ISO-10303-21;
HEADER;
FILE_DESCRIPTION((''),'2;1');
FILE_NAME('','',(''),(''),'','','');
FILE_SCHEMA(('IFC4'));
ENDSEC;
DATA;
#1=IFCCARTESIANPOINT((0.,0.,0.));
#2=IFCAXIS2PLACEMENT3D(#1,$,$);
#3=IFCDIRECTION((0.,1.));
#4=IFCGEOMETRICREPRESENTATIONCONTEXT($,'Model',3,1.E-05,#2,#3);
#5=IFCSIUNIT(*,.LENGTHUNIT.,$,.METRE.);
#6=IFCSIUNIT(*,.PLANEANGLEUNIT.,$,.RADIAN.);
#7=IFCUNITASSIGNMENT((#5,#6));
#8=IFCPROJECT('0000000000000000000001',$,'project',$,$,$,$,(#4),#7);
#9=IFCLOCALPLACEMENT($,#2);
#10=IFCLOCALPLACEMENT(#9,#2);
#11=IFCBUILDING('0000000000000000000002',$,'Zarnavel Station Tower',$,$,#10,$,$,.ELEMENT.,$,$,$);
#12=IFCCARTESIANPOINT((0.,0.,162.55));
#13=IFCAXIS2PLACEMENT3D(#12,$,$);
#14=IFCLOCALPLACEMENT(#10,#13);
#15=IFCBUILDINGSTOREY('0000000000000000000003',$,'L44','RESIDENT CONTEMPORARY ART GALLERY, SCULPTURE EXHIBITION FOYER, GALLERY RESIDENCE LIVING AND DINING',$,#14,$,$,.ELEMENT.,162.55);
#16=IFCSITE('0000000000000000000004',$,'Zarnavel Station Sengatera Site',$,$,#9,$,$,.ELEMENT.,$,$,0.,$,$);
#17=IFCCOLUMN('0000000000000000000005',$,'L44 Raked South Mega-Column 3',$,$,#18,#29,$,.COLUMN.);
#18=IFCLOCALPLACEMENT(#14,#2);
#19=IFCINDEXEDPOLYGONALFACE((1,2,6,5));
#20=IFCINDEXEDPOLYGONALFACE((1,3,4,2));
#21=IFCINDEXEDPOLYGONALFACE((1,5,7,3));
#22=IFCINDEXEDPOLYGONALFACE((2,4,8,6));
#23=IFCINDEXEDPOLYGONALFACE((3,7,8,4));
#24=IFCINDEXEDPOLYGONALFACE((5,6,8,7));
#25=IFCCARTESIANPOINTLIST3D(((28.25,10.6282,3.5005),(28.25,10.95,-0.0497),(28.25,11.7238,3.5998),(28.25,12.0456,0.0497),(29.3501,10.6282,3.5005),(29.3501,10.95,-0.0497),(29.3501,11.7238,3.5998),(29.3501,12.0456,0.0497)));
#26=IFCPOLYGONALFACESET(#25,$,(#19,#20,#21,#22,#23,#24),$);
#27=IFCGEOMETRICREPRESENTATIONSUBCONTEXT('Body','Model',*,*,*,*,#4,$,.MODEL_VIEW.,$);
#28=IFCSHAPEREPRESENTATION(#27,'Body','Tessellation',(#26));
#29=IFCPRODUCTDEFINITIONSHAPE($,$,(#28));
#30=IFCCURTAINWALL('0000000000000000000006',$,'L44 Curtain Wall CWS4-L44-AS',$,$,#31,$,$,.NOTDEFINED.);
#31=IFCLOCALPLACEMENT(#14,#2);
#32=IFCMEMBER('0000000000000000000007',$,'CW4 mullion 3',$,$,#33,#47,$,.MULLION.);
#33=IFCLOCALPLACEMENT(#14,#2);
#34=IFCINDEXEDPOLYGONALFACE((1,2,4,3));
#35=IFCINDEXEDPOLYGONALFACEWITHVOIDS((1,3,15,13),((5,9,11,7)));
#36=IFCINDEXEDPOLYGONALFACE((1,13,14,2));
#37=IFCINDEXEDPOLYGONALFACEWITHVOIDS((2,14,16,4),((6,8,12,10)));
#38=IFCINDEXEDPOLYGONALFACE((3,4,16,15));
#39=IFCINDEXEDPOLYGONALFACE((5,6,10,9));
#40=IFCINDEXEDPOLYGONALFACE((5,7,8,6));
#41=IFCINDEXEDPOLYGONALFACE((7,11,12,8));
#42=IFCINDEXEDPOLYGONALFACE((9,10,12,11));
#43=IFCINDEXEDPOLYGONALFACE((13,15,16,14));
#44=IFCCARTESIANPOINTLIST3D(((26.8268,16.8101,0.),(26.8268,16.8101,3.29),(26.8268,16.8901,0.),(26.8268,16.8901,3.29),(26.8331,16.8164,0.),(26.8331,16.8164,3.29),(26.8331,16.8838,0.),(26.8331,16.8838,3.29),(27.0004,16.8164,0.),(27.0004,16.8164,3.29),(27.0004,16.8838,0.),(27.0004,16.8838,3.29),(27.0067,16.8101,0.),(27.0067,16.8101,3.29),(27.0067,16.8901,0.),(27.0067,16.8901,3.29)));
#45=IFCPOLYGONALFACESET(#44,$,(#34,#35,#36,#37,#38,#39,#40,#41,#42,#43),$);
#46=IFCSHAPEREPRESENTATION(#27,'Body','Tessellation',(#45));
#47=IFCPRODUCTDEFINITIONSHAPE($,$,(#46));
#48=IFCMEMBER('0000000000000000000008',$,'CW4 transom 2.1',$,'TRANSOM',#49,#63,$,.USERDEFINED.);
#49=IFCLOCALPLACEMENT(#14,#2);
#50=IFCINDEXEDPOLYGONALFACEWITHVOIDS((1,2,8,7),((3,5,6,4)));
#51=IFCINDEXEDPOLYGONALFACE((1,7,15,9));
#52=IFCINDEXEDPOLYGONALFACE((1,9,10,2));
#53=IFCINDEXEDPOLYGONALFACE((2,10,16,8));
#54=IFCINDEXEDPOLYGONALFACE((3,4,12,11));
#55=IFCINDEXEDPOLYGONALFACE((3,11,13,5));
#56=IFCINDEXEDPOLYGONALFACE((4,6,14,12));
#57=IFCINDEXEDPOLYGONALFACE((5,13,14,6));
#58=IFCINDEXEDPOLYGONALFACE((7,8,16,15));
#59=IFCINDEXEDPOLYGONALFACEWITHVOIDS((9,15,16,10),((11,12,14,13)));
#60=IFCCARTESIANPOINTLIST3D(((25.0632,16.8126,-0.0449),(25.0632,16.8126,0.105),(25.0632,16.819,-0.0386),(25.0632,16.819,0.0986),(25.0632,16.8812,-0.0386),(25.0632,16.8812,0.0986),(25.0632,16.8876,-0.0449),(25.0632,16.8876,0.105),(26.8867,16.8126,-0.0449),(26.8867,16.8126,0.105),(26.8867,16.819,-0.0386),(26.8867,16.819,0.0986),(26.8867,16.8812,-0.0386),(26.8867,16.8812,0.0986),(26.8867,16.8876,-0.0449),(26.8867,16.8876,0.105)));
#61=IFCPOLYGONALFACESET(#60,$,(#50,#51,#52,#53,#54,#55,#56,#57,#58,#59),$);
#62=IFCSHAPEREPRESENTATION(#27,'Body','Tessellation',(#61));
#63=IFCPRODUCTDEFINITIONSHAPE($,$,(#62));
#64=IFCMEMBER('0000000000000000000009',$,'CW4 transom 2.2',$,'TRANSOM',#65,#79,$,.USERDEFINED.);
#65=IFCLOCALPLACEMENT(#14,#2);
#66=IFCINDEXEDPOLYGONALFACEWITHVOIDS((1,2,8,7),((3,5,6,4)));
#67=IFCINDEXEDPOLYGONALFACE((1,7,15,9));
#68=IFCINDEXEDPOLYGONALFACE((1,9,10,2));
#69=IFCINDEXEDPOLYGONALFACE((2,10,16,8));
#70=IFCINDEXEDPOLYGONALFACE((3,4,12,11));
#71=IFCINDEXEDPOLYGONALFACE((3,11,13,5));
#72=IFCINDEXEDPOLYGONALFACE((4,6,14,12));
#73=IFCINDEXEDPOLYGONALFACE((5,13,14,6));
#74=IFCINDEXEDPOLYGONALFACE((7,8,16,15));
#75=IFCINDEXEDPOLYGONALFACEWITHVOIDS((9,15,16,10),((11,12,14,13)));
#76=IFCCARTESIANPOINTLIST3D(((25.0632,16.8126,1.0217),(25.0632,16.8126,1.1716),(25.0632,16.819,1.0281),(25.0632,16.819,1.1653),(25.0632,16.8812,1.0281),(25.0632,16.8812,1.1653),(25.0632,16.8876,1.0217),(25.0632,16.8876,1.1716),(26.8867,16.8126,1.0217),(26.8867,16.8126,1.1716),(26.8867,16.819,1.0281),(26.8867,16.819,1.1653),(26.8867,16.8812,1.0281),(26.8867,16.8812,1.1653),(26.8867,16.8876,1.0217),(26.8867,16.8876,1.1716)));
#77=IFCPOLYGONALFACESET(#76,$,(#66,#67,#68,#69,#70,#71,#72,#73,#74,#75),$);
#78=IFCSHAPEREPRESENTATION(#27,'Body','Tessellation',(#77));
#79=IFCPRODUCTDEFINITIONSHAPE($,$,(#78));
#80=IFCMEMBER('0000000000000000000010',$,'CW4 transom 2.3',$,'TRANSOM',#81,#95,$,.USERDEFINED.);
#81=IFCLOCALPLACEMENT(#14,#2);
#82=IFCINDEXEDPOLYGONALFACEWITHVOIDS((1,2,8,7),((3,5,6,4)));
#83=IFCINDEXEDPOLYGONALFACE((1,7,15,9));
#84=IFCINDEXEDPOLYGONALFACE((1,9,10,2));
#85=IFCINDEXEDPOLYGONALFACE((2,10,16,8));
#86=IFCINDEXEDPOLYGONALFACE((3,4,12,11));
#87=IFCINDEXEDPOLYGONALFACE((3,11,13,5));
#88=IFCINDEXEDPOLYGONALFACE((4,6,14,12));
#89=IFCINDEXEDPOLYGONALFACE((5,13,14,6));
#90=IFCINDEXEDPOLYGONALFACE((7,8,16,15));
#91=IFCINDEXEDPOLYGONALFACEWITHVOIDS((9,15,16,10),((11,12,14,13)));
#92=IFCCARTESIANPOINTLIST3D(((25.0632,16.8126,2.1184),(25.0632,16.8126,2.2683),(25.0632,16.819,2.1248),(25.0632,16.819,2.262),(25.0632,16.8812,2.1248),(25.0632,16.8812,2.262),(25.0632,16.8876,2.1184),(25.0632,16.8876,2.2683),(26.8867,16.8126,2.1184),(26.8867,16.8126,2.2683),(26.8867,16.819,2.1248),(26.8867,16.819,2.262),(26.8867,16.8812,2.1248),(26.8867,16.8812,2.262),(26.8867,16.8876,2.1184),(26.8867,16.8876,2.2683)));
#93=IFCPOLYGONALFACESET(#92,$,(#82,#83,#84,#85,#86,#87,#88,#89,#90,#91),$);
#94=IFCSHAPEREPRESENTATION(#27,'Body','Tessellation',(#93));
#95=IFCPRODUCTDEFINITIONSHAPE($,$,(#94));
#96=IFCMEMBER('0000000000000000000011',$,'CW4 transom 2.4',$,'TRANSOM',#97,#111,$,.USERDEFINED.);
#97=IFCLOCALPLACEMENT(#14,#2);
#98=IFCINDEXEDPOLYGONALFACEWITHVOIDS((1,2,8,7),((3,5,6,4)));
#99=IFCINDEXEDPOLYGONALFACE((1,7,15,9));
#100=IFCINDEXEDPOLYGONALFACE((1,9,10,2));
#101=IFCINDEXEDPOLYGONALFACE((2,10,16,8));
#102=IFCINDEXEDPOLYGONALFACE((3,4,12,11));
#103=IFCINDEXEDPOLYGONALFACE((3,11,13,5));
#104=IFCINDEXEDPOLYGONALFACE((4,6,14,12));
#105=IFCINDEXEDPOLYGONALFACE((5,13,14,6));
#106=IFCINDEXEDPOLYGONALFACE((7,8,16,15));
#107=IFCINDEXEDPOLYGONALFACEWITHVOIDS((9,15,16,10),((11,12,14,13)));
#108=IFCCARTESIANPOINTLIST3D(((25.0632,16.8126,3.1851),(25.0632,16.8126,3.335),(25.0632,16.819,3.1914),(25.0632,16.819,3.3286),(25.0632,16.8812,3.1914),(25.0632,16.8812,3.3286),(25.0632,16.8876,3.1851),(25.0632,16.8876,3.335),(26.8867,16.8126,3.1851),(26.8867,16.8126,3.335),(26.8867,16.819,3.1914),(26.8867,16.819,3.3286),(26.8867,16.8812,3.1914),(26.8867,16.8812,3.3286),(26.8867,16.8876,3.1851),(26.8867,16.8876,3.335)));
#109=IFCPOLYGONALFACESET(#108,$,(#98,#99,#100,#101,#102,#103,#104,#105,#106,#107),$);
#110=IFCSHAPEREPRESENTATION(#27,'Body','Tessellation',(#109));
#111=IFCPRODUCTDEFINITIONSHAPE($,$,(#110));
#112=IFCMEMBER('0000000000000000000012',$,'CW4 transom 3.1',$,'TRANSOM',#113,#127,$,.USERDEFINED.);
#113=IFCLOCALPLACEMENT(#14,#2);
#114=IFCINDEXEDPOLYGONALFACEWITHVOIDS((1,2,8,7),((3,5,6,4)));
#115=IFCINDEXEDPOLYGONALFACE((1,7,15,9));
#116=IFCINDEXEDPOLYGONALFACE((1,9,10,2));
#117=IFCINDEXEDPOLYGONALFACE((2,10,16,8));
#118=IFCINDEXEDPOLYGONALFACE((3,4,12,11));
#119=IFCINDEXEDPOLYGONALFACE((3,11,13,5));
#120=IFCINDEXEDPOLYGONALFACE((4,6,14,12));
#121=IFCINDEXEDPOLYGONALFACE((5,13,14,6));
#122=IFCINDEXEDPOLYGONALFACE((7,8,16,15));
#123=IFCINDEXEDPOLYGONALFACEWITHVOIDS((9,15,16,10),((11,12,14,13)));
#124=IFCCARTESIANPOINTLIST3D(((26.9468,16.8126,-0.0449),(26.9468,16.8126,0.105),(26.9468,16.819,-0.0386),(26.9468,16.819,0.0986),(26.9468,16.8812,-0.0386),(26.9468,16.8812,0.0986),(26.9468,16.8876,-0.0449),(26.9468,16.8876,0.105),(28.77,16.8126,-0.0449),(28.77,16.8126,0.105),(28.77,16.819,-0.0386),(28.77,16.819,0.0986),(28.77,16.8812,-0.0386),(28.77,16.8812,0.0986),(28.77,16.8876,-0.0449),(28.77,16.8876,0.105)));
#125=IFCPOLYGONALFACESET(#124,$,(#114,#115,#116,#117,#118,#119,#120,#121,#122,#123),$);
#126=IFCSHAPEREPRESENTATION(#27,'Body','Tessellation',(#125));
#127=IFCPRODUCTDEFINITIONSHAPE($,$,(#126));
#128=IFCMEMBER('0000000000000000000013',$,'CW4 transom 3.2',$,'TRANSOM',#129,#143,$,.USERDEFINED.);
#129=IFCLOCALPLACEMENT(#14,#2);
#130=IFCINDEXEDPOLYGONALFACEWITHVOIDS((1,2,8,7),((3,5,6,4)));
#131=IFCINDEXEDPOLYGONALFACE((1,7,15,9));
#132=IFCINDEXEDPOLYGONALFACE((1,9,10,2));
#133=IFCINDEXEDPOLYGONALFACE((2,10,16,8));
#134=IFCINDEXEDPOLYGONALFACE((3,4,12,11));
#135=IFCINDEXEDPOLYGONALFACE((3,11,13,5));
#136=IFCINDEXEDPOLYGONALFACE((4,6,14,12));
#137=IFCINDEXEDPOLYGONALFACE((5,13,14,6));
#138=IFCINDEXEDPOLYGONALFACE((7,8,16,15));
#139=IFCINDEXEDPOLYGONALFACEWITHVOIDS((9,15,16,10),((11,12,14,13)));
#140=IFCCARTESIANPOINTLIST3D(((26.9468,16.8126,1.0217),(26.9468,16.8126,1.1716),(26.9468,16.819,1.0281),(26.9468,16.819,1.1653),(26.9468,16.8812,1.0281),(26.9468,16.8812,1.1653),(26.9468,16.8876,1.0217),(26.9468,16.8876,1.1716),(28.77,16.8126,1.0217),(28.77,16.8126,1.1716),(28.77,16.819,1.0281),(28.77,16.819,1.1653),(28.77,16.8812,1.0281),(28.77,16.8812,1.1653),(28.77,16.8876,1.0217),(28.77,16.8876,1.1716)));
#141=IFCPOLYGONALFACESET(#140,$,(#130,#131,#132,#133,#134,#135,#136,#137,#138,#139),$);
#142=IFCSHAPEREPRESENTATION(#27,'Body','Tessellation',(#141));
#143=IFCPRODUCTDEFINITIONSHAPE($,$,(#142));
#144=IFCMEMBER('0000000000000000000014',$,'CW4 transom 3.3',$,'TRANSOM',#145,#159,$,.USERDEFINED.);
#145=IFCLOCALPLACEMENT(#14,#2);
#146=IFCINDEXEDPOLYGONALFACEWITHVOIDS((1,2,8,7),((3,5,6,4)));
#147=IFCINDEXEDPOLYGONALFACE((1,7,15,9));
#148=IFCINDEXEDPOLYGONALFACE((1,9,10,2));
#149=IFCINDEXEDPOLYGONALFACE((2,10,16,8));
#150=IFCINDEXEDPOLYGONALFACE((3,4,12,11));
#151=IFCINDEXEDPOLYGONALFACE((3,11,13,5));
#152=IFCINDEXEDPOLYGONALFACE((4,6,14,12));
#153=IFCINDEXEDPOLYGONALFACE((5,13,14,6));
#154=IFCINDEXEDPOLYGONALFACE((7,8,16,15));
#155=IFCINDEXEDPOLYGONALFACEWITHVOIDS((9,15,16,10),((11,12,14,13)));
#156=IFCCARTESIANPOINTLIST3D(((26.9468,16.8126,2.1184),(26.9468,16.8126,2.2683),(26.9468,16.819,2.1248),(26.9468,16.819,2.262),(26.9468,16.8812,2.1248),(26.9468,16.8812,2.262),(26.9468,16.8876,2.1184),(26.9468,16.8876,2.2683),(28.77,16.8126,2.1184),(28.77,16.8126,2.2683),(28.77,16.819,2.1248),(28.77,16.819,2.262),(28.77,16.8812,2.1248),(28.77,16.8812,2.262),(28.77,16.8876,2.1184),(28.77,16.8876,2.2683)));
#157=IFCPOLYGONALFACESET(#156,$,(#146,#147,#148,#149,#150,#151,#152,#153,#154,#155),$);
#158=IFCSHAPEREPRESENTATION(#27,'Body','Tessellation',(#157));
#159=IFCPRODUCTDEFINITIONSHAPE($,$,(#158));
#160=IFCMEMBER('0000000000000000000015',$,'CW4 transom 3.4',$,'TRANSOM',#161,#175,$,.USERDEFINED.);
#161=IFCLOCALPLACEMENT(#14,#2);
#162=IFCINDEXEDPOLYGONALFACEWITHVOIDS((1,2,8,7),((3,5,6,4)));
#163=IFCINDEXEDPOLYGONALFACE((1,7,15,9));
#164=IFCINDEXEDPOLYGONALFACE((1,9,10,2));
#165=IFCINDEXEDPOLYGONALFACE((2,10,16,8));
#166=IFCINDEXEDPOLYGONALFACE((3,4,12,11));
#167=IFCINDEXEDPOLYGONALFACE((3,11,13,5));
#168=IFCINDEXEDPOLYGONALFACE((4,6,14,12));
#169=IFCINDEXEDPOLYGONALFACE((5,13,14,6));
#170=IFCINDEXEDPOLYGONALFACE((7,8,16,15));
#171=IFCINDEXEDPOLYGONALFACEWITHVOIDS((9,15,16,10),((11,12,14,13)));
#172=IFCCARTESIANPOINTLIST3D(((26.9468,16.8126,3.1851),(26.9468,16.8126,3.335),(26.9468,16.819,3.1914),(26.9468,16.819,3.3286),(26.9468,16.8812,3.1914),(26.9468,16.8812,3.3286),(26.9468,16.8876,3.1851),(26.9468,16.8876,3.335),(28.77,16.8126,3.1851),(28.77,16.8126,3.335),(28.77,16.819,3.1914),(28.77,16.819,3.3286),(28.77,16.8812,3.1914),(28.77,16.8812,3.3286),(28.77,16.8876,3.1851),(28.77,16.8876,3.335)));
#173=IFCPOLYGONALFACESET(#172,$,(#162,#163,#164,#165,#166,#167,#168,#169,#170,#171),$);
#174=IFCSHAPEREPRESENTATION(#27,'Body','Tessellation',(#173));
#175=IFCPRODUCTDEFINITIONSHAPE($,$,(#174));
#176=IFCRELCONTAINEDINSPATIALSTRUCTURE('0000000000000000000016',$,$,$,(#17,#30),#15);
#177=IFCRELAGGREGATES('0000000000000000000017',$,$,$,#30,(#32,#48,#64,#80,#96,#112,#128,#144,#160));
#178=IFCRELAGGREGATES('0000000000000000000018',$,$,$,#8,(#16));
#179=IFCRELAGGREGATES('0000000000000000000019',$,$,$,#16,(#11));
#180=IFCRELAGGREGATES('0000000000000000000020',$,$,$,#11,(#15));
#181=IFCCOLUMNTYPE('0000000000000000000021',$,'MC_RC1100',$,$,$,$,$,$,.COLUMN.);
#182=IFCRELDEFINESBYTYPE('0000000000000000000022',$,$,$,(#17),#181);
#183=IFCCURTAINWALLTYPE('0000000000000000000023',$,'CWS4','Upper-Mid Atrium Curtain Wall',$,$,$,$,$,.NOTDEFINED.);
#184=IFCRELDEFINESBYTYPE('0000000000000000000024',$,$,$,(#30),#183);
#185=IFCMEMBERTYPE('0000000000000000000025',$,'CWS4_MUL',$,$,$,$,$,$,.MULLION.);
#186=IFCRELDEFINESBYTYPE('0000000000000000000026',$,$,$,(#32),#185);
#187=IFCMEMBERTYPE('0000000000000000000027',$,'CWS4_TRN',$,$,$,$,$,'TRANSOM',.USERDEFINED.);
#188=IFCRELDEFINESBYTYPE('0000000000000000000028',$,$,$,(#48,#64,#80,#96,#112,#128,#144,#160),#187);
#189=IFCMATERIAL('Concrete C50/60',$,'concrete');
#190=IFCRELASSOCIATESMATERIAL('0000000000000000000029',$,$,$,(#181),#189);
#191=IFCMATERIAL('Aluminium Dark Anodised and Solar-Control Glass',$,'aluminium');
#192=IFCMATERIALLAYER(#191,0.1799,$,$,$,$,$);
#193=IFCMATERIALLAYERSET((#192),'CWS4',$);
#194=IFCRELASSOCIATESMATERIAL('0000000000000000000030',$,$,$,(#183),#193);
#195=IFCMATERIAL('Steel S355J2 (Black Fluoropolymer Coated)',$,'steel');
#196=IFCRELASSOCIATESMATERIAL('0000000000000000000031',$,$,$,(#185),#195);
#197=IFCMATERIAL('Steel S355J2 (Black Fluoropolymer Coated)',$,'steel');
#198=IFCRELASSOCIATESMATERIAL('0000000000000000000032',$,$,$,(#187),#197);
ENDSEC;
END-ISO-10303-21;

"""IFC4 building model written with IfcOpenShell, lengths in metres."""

from ifc_helpers import new_model, si_unit, direction, frame, origin, origin_2d, place, context, subcontext, project, spatial, rectangle, hollow_rectangle, extrude, material, layer, layer_set, material_profile, profile_set, type_object, element, aggregate, save


model = new_model("IFC4")

# Units and contexts
model_context = context("Model", 3, precision=1e-05, world=origin(), true_north=direction((0.0, 1.0)))
body_context = subcontext(model_context, "Body", "Model", "MODEL_VIEW")
ifc_project = project(units=[si_unit("LENGTHUNIT", "METRE"), si_unit("PLANEANGLEUNIT", "RADIAN")], contexts=[model_context])

# Site, building, storey
site_placement = place(None, origin())
site = spatial("IfcSite", under=ifc_project, at=site_placement, Name="Zarnavel Station Sengatera Site", CompositionType="ELEMENT", RefElevation=0.0)
building_placement = place(site_placement, origin())
building = spatial("IfcBuilding", under=site, at=building_placement, Name="Zarnavel Station Tower", CompositionType="ELEMENT")
storey_placement = place(building_placement, frame((0.0, 0.0, 162.55)))
storey = spatial("IfcBuildingStorey", under=building, at=storey_placement, Name="L44", Description="RESIDENT CONTEMPORARY ART GALLERY, SCULPTURE EXHIBITION FOYER, GALLERY RESIDENCE LIVING AND DINING", CompositionType="ELEMENT", Elevation=162.55)

# Column
ifc_material_1 = material(Name="Concrete C50/60", Category="concrete")
ifc_material_profile_1 = material_profile(ifc_material_1, rectangle(XDim=1.1001, YDim=1.1001, at=origin_2d()), Name="RC1100x1100")
ifc_profile_set_1 = profile_set([ifc_material_profile_1], Name="Concrete C50/60")
column_type = type_object("IfcColumnType", Name="MC_RC1100", PredefinedType="COLUMN", material=ifc_profile_set_1)
column_placement = place(storey_placement, frame((28.8, 11.4978, 0.0), z_axis=(0.0, -0.09027, 0.995917), x_axis=(1.0, 0.0, 0.0)))
element("IfcColumn", 1, at=column_placement, inside=storey, type_object=column_type, Name="L44 Raked South Mega-Column 3", PredefinedType="COLUMN", context=body_context, shape_type="SweptSolid", body=[
    extrude(rectangle(XDim=1.1001, YDim=1.1001, at=origin_2d()), origin(), (0.0, 0.0, 1.0), 3.5647),
])

# Curtain wall, members
ifc_material_2 = material(Name="Aluminium Dark Anodised and Solar-Control Glass", Category="aluminium")
ifc_layer_1 = layer(ifc_material_2, 0.1799)
ifc_layer_set_1 = layer_set([ifc_layer_1], Name="CWS4")
curtain_wall_type = type_object("IfcCurtainWallType", Name="CWS4", Description="Upper-Mid Atrium Curtain Wall", PredefinedType="NOTDEFINED", material=ifc_layer_set_1)
curtain_wall_placement = place(storey_placement, origin())
curtain_wall = element("IfcCurtainWall", 2, at=curtain_wall_placement, inside=storey, type_object=curtain_wall_type, Name="L44 Curtain Wall CWS4-L44-AS", PredefinedType="NOTDEFINED")
ifc_material_3 = material(Name="Steel S355J2 (Black Fluoropolymer Coated)", Category="steel")
ifc_material_profile_2 = material_profile(ifc_material_3, hollow_rectangle(XDim=0.0801, YDim=0.1799, WallThickness=0.0063, at=origin_2d()), Name="RHS180x80x6.3")
ifc_profile_set_2 = profile_set([ifc_material_profile_2], Name="Steel S355J2 (Black Fluoropolymer Coated)")
member_type_1 = type_object("IfcMemberType", Name="CWS4_MUL", PredefinedType="MULLION", material=ifc_profile_set_2)
member_1_placement = place(storey_placement, frame((26.9167, 16.8501, 0.0), z_axis=(0.0, 0.0, 1.0), x_axis=(0.0, 1.0, 0.0)))
member_1 = element("IfcMember", 3, at=member_1_placement, type_object=member_type_1, Name="CW4 mullion 3", PredefinedType="MULLION", context=body_context, shape_type="SweptSolid", body=[
    extrude(hollow_rectangle(XDim=0.0801, YDim=0.1799, WallThickness=0.0063, at=origin_2d()), origin(), (0.0, 0.0, 1.0), 3.29),
])
ifc_material_4 = material(Name="Steel S355J2 (Black Fluoropolymer Coated)", Category="steel")
ifc_material_profile_3 = material_profile(ifc_material_4, hollow_rectangle(XDim=0.075, YDim=0.1499, WallThickness=0.0063, at=origin_2d()), Name="RHS150x75x6.3")
ifc_profile_set_3 = profile_set([ifc_material_profile_3], Name="Steel S355J2 (Black Fluoropolymer Coated)")
member_type_2 = type_object("IfcMemberType", Name="CWS4_TRN", ElementType="TRANSOM", PredefinedType="USERDEFINED", material=ifc_profile_set_3)
member_2_placement = place(storey_placement, frame((25.0632, 16.8501, 0.03), z_axis=(1.0, 0.0, 0.0), x_axis=(0.0, 1.0, 0.0)))
member_2 = element("IfcMember", 4, at=member_2_placement, type_object=member_type_2, Name="CW4 transom 2.1", ObjectType="TRANSOM", PredefinedType="USERDEFINED", context=body_context, shape_type="SweptSolid", body=[
    extrude(hollow_rectangle(XDim=0.075, YDim=0.1499, WallThickness=0.0063, at=origin_2d()), origin(), (0.0, 0.0, 1.0), 1.8235),
])
member_3_placement = place(storey_placement, frame((25.0632, 16.8501, 1.0967), z_axis=(1.0, 0.0, 0.0), x_axis=(0.0, 1.0, 0.0)))
member_3 = element("IfcMember", 5, at=member_3_placement, type_object=member_type_2, Name="CW4 transom 2.2", ObjectType="TRANSOM", PredefinedType="USERDEFINED", context=body_context, shape_type="SweptSolid", body=[
    extrude(hollow_rectangle(XDim=0.075, YDim=0.1499, WallThickness=0.0063, at=origin_2d()), origin(), (0.0, 0.0, 1.0), 1.8235),
])
member_4_placement = place(storey_placement, frame((25.0632, 16.8501, 2.1934), z_axis=(1.0, 0.0, 0.0), x_axis=(0.0, 1.0, 0.0)))
member_4 = element("IfcMember", 6, at=member_4_placement, type_object=member_type_2, Name="CW4 transom 2.3", ObjectType="TRANSOM", PredefinedType="USERDEFINED", context=body_context, shape_type="SweptSolid", body=[
    extrude(hollow_rectangle(XDim=0.075, YDim=0.1499, WallThickness=0.0063, at=origin_2d()), origin(), (0.0, 0.0, 1.0), 1.8235),
])
member_5_placement = place(storey_placement, frame((25.0632, 16.8501, 3.26), z_axis=(1.0, 0.0, 0.0), x_axis=(0.0, 1.0, 0.0)))
member_5 = element("IfcMember", 7, at=member_5_placement, type_object=member_type_2, Name="CW4 transom 2.4", ObjectType="TRANSOM", PredefinedType="USERDEFINED", context=body_context, shape_type="SweptSolid", body=[
    extrude(hollow_rectangle(XDim=0.075, YDim=0.1499, WallThickness=0.0063, at=origin_2d()), origin(), (0.0, 0.0, 1.0), 1.8235),
])
member_6_placement = place(storey_placement, frame((26.9468, 16.8501, 0.03), z_axis=(1.0, 0.0, 0.0), x_axis=(0.0, 1.0, 0.0)))
member_6 = element("IfcMember", 8, at=member_6_placement, type_object=member_type_2, Name="CW4 transom 3.1", ObjectType="TRANSOM", PredefinedType="USERDEFINED", context=body_context, shape_type="SweptSolid", body=[
    extrude(hollow_rectangle(XDim=0.075, YDim=0.1499, WallThickness=0.0063, at=origin_2d()), origin(), (0.0, 0.0, 1.0), 1.8232),
])
member_7_placement = place(storey_placement, frame((26.9468, 16.8501, 1.0967), z_axis=(1.0, 0.0, 0.0), x_axis=(0.0, 1.0, 0.0)))
member_7 = element("IfcMember", 9, at=member_7_placement, type_object=member_type_2, Name="CW4 transom 3.2", ObjectType="TRANSOM", PredefinedType="USERDEFINED", context=body_context, shape_type="SweptSolid", body=[
    extrude(hollow_rectangle(XDim=0.075, YDim=0.1499, WallThickness=0.0063, at=origin_2d()), origin(), (0.0, 0.0, 1.0), 1.8232),
])
member_8_placement = place(storey_placement, frame((26.9468, 16.8501, 2.1934), z_axis=(1.0, 0.0, 0.0), x_axis=(0.0, 1.0, 0.0)))
member_8 = element("IfcMember", 10, at=member_8_placement, type_object=member_type_2, Name="CW4 transom 3.3", ObjectType="TRANSOM", PredefinedType="USERDEFINED", context=body_context, shape_type="SweptSolid", body=[
    extrude(hollow_rectangle(XDim=0.075, YDim=0.1499, WallThickness=0.0063, at=origin_2d()), origin(), (0.0, 0.0, 1.0), 1.8232),
])
member_9_placement = place(storey_placement, frame((26.9468, 16.8501, 3.26), z_axis=(1.0, 0.0, 0.0), x_axis=(0.0, 1.0, 0.0)))
member_9 = element("IfcMember", 11, at=member_9_placement, type_object=member_type_2, Name="CW4 transom 3.4", ObjectType="TRANSOM", PredefinedType="USERDEFINED", context=body_context, shape_type="SweptSolid", body=[
    extrude(hollow_rectangle(XDim=0.075, YDim=0.1499, WallThickness=0.0063, at=origin_2d()), origin(), (0.0, 0.0, 1.0), 1.8232),
])

aggregate(curtain_wall, [member_1, member_2, member_3, member_4, member_5, member_6, member_7, member_8, member_9])

save(model, "model.ifc")
